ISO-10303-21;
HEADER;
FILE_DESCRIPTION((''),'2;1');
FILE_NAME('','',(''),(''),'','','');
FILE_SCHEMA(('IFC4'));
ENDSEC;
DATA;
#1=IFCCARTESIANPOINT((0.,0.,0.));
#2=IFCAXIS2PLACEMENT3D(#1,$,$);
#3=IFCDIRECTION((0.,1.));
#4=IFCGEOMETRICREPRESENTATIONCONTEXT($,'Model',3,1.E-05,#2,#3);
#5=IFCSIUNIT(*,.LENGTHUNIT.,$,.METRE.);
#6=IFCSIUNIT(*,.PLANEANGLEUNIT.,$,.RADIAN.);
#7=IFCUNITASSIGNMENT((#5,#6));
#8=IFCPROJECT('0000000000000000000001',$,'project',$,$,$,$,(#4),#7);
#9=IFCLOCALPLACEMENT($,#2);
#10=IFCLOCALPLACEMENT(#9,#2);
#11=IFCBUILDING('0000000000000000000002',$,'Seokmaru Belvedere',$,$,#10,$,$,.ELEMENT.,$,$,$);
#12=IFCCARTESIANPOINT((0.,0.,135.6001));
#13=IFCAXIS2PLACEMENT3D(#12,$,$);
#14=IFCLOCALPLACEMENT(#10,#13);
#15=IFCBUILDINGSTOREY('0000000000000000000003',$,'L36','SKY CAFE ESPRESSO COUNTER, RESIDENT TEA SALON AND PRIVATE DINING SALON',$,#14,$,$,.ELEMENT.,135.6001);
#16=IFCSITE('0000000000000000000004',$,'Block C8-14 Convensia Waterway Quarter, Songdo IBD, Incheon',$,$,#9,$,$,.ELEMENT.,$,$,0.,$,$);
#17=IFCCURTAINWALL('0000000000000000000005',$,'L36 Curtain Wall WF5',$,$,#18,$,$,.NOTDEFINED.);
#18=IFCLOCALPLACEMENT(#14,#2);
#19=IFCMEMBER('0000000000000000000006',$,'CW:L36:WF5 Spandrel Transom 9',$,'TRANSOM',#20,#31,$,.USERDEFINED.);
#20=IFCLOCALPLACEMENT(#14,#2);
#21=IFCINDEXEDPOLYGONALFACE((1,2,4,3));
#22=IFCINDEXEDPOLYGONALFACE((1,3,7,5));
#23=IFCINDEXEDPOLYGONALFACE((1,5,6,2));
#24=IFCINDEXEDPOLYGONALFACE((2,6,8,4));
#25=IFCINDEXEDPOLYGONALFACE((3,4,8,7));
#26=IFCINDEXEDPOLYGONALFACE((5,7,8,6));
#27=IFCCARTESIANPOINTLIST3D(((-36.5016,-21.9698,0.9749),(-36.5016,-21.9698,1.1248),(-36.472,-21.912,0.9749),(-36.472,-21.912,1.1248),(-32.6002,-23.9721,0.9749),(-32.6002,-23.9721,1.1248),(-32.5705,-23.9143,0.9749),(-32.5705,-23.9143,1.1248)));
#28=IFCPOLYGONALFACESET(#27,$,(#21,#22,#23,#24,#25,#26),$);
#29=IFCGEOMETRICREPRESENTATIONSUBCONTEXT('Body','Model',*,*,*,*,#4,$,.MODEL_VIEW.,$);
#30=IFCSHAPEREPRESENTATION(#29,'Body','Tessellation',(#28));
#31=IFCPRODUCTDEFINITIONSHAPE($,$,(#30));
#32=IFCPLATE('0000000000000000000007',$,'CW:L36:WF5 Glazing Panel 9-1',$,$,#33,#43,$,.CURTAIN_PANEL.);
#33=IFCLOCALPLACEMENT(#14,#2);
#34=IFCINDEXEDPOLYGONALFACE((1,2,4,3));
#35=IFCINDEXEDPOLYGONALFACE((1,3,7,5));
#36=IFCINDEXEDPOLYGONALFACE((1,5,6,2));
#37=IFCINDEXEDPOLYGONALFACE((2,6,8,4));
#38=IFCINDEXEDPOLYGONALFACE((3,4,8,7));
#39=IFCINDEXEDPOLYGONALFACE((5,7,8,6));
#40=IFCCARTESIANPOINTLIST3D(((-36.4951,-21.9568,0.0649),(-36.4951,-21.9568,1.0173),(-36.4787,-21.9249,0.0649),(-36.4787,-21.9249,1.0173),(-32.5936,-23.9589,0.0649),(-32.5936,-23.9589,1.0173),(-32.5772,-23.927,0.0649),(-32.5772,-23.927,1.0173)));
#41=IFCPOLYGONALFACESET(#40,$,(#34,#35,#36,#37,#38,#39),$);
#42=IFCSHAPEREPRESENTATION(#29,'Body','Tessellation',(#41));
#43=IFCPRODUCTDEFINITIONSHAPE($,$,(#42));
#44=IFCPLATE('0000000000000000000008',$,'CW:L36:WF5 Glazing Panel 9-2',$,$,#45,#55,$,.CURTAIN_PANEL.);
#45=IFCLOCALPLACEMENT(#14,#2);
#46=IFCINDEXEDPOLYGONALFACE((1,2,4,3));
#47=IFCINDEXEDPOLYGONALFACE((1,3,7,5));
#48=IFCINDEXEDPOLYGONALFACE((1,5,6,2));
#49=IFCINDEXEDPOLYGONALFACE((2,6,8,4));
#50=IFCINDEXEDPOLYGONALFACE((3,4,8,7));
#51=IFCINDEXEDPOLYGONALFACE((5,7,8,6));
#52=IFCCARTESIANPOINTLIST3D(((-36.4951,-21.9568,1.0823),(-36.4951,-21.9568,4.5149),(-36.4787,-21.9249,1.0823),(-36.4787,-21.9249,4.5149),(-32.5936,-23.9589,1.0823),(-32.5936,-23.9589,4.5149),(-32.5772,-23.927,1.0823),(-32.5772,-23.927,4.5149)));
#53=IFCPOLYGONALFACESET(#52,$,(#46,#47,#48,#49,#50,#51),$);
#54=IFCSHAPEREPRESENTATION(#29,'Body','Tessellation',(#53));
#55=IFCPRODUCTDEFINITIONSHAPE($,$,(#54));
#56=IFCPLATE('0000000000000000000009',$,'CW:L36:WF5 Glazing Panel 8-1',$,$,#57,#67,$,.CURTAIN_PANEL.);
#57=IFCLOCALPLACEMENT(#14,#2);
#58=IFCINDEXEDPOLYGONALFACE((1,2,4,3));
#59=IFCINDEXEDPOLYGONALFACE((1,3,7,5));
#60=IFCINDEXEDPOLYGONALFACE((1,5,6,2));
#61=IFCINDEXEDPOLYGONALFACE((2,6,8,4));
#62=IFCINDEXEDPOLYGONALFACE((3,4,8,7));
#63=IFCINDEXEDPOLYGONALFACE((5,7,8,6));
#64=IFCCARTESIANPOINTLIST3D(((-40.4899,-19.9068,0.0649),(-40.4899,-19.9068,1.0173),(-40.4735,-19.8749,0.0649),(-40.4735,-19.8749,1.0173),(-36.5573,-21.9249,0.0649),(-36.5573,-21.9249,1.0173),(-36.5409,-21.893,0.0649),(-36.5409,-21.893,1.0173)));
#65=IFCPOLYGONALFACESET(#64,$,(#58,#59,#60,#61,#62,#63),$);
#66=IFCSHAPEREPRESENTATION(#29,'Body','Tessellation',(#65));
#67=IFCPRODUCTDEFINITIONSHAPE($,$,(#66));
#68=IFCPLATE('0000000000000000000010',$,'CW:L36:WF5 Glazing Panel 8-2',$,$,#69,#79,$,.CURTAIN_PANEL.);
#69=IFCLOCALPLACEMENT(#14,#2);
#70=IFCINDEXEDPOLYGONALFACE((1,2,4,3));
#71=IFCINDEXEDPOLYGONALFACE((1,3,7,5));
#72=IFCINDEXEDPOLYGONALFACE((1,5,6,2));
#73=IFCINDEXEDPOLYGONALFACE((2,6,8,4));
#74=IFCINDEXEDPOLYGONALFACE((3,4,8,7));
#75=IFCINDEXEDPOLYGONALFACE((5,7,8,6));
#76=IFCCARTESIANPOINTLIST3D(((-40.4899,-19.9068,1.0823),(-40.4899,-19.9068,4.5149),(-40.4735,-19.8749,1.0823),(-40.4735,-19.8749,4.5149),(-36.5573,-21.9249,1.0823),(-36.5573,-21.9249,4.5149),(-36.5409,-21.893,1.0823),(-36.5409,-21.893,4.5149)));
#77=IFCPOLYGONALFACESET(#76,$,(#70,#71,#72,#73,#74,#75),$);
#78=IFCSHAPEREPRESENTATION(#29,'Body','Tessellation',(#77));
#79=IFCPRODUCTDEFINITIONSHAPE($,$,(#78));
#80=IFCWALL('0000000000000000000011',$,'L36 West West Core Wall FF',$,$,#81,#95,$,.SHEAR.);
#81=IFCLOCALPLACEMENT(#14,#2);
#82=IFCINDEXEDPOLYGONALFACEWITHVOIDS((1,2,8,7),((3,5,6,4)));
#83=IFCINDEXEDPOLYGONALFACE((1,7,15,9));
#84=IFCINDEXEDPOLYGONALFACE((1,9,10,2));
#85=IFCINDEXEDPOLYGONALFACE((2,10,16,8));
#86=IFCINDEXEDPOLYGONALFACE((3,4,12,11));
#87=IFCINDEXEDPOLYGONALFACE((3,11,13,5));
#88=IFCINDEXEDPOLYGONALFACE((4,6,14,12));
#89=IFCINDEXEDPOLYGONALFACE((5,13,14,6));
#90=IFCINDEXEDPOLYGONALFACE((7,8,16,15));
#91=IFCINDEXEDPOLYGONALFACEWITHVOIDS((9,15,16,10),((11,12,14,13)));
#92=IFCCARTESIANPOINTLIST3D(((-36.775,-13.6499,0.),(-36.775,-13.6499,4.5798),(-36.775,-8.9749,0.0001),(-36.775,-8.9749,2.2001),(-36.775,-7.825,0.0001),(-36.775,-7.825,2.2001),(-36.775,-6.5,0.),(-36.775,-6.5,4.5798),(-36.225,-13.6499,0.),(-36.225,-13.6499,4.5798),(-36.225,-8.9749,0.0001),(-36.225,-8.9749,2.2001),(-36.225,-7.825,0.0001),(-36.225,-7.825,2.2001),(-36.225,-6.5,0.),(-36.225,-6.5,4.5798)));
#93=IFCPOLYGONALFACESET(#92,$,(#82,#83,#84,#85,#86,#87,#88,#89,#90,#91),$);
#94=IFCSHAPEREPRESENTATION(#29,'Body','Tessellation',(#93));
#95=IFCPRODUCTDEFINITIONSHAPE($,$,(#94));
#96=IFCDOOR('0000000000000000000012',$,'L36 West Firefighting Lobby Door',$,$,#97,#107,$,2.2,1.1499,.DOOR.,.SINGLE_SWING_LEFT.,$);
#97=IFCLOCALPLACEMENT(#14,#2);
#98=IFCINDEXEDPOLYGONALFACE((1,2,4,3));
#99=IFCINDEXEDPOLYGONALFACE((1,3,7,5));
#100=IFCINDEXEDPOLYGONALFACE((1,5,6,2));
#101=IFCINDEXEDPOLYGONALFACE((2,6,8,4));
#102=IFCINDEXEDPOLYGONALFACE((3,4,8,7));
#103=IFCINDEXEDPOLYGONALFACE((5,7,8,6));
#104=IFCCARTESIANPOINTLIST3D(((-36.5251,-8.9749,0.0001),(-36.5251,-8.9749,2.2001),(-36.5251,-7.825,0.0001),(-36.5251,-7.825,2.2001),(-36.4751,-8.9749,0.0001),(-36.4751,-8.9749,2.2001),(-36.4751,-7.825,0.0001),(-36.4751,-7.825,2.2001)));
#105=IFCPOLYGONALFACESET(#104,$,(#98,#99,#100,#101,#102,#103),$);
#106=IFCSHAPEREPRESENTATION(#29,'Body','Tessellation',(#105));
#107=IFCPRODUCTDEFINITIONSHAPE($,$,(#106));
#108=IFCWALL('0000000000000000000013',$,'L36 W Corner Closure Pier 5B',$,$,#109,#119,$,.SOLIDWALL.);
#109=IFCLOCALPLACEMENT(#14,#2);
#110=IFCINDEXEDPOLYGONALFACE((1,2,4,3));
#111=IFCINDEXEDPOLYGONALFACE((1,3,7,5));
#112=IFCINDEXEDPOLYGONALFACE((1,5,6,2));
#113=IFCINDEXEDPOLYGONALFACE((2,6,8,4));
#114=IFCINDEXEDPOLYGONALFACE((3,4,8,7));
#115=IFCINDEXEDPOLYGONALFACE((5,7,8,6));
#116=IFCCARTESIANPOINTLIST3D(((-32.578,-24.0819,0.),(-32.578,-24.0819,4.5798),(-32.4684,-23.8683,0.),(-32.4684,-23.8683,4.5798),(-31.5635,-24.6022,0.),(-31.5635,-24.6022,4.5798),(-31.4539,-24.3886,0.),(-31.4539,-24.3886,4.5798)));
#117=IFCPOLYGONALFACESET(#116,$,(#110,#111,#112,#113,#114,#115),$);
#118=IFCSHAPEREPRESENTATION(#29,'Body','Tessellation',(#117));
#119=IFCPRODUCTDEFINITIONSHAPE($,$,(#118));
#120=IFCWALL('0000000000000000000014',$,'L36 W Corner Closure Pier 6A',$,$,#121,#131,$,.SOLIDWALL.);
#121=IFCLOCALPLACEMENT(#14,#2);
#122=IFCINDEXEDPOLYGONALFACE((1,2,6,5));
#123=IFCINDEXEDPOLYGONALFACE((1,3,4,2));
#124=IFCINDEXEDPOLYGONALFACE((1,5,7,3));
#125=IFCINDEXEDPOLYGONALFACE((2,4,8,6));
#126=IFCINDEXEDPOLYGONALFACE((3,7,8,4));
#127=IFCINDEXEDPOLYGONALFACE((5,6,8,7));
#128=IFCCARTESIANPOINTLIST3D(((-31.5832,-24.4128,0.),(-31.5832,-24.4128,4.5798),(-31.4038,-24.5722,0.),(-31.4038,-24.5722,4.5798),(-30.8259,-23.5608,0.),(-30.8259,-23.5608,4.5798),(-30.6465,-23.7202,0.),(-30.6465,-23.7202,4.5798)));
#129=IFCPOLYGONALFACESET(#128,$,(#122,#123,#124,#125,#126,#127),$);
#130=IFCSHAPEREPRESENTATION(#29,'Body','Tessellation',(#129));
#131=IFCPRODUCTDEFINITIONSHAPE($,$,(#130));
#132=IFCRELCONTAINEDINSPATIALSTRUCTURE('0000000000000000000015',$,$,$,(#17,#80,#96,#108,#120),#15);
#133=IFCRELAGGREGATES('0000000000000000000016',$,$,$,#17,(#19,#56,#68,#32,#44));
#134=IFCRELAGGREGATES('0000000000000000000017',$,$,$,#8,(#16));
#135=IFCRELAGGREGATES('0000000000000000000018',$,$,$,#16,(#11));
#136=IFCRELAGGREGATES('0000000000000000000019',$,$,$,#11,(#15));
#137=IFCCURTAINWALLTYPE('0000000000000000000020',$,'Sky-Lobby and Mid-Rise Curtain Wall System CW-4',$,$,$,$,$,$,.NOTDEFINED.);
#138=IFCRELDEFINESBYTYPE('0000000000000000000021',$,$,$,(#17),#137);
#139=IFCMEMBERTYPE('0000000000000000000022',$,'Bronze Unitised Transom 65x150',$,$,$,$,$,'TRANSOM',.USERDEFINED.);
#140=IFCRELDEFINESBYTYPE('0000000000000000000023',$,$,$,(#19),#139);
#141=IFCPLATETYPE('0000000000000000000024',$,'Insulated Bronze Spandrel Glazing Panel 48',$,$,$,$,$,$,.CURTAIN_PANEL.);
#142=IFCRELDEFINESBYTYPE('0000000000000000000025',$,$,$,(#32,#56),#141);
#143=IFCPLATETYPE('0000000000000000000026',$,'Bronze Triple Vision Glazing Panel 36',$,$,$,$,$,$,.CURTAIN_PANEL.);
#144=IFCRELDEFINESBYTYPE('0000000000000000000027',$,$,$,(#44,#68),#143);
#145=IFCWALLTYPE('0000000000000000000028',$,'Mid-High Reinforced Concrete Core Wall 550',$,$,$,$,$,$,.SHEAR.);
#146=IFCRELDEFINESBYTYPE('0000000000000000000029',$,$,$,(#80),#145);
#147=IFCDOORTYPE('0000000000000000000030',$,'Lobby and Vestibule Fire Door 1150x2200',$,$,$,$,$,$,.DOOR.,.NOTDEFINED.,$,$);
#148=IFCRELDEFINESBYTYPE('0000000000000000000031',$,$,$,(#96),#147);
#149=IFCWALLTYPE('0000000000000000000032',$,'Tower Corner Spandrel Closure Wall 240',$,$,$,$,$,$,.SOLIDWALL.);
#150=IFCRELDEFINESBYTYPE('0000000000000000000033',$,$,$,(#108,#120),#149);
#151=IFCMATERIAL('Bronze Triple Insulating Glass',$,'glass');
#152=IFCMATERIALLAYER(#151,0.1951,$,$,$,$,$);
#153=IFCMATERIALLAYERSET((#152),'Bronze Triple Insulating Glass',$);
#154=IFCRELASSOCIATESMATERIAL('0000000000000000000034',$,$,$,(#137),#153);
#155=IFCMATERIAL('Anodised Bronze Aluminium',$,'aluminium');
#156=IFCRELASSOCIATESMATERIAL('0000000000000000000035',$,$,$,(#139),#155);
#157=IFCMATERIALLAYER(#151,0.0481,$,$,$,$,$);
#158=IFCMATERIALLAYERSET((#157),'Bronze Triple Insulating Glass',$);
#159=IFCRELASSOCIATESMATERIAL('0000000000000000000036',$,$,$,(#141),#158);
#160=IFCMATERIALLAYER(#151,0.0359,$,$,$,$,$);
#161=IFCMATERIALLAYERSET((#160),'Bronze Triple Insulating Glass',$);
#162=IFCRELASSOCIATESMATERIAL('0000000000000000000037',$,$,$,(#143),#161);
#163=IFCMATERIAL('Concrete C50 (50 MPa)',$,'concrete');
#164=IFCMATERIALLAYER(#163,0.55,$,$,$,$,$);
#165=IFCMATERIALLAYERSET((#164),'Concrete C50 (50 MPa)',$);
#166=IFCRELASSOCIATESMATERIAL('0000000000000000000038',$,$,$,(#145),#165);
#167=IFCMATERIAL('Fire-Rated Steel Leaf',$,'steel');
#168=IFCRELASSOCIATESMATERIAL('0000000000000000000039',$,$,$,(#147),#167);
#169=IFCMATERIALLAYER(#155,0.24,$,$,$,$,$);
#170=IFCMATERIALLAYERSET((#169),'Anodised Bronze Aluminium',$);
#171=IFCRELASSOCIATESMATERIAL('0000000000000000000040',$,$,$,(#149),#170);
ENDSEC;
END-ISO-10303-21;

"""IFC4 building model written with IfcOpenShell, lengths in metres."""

from ifc_helpers import new_model, si_unit, direction, frame, frame_2d, origin, origin_2d, place, context, subcontext, project, spatial, rectangle, extrude, source, transform, mapped, material, layer, layer_set, material_profile, profile_set, type_object, type_shapes, element, fill, aggregate, save


model = new_model("IFC4")

# Units and contexts
model_context = context("Model", 3, precision=1e-05, world=origin(), true_north=direction((0.0, 1.0)))
body_context = subcontext(model_context, "Body", "Model", "MODEL_VIEW")
ifc_project = project(units=[si_unit("LENGTHUNIT", "METRE"), si_unit("PLANEANGLEUNIT", "RADIAN")], contexts=[model_context])

# Site, building, storey
site_placement = place(None, origin())
site = spatial("IfcSite", under=ifc_project, at=site_placement, Name="Block C8-14 Convensia Waterway Quarter, Songdo IBD, Incheon", CompositionType="ELEMENT", RefElevation=0.0)
building_placement = place(site_placement, origin())
building = spatial("IfcBuilding", under=site, at=building_placement, Name="Seokmaru Belvedere", CompositionType="ELEMENT")
storey_placement = place(building_placement, frame((0.0, 0.0, 135.6001)))
storey = spatial("IfcBuildingStorey", under=building, at=storey_placement, Name="L36", Description="SKY CAFE ESPRESSO COUNTER, RESIDENT TEA SALON AND PRIVATE DINING SALON", CompositionType="ELEMENT", Elevation=135.6001)

# Curtain wall
ifc_material_1 = material(Name="Bronze Triple Insulating Glass", Category="glass")
ifc_layer_1 = layer(ifc_material_1, 0.1951)
ifc_layer_set_1 = layer_set([ifc_layer_1], Name="Bronze Triple Insulating Glass")
curtain_wall_type = type_object("IfcCurtainWallType", Name="Sky-Lobby and Mid-Rise Curtain Wall System CW-4", PredefinedType="NOTDEFINED", material=ifc_layer_set_1)
curtain_wall_1_placement = place(storey_placement, origin())
curtain_wall_1 = element("IfcCurtainWall", 1, at=curtain_wall_1_placement, inside=storey, type_object=curtain_wall_type, Name="L36 Curtain Wall WF5", PredefinedType="NOTDEFINED")
ifc_material_2 = material(Name="Anodised Bronze Aluminium", Category="aluminium")

# Member
ifc_material_profile_1 = material_profile(ifc_material_2, rectangle(XDim=0.0649, YDim=0.1499, at=origin_2d()), Name="CW-T-65x150")
ifc_profile_set_1 = profile_set([ifc_material_profile_1], Name="Anodised Bronze Aluminium")
member_type_1 = type_object("IfcMemberType", Name="Bronze Unitised Transom 65x150", ElementType="TRANSOM", PredefinedType="USERDEFINED", material=ifc_profile_set_1)
shared_shape_1 = source(origin(), body_context, "Body", "SweptSolid", [
    extrude(rectangle(XDim=0.0649, YDim=0.1499, at=origin_2d()), origin(), (0.0, 0.0, 1.0), 4.3853),
])
type_shapes(member_type_1, [shared_shape_1])
member_1_placement = place(storey_placement, frame((-36.4868, -21.9409, 1.0498), z_axis=(0.889679, -0.456587, 0.0), x_axis=(0.456587, 0.889679, 0.0)))
member_1 = element("IfcMember", 2, at=member_1_placement, type_object=member_type_1, Name="CW:L36:WF5 Spandrel Transom 9", ObjectType="TRANSOM", PredefinedType="USERDEFINED", context=body_context, shape_type="MappedRepresentation", body=[
    mapped(shared_shape_1, transform((0.0, 0.0, 0.0), scale=1.0)),
])

# Plates
ifc_layer_2 = layer(ifc_material_1, 0.0481)
ifc_layer_set_2 = layer_set([ifc_layer_2], Name="Bronze Triple Insulating Glass")
plate_type_1 = type_object("IfcPlateType", Name="Insulated Bronze Spandrel Glazing Panel 48", PredefinedType="CURTAIN_PANEL", material=ifc_layer_set_2)
shared_shape_2 = source(origin(), body_context, "Body", "SweptSolid", [
    extrude(rectangle(XDim=4.3853, YDim=0.0359, at=origin_2d()), origin(), (0.0, 0.0, 1.0), 0.9524),
])
plate_1_placement = place(storey_placement, frame((-34.5361, -22.9419, 0.0649), z_axis=(0.0, 0.0, 1.0), x_axis=(0.889695, -0.456555, 0.0)))
plate_1 = element("IfcPlate", 3, at=plate_1_placement, type_object=plate_type_1, Name="CW:L36:WF5 Glazing Panel 9-1", PredefinedType="CURTAIN_PANEL", context=body_context, shape_type="MappedRepresentation", body=[
    mapped(shared_shape_2, transform((0.0, 0.0, 0.0), scale=1.0)),
])
ifc_layer_3 = layer(ifc_material_1, 0.0359)
ifc_layer_set_3 = layer_set([ifc_layer_3], Name="Bronze Triple Insulating Glass")
plate_type_2 = type_object("IfcPlateType", Name="Bronze Triple Vision Glazing Panel 36", PredefinedType="CURTAIN_PANEL", material=ifc_layer_set_3)
shared_shape_3 = source(origin(), body_context, "Body", "SweptSolid", [
    extrude(rectangle(XDim=4.3853, YDim=0.0359, at=origin_2d()), origin(), (0.0, 0.0, 1.0), 3.4326),
])
plate_2_placement = place(storey_placement, frame((-34.5361, -22.9419, 1.0823), z_axis=(0.0, 0.0, 1.0), x_axis=(0.889695, -0.456555, 0.0)))
plate_2 = element("IfcPlate", 4, at=plate_2_placement, type_object=plate_type_2, Name="CW:L36:WF5 Glazing Panel 9-2", PredefinedType="CURTAIN_PANEL", context=body_context, shape_type="MappedRepresentation", body=[
    mapped(shared_shape_3, transform((0.0, 0.0, 0.0), scale=1.0)),
])
shared_shape_4 = source(origin(), body_context, "Body", "SweptSolid", [
    extrude(rectangle(XDim=4.4202, YDim=0.0359, at=origin_2d()), origin(), (0.0, 0.0, 1.0), 0.9524),
])
type_shapes(plate_type_1, [shared_shape_2, shared_shape_4])
plate_3_placement = place(storey_placement, frame((-38.5154, -20.8999, 0.0649), z_axis=(0.0, 0.0, 1.0), x_axis=(0.889695, -0.456555, 0.0)))
plate_3 = element("IfcPlate", 5, at=plate_3_placement, type_object=plate_type_1, Name="CW:L36:WF5 Glazing Panel 8-1", PredefinedType="CURTAIN_PANEL", context=body_context, shape_type="MappedRepresentation", body=[
    mapped(shared_shape_4, transform((0.0, 0.0, 0.0), scale=1.0)),
])
shared_shape_5 = source(origin(), body_context, "Body", "SweptSolid", [
    extrude(rectangle(XDim=4.4202, YDim=0.0359, at=origin_2d()), origin(), (0.0, 0.0, 1.0), 3.4326),
])
type_shapes(plate_type_2, [shared_shape_3, shared_shape_5])
plate_4_placement = place(storey_placement, frame((-38.5154, -20.8999, 1.0823), z_axis=(0.0, 0.0, 1.0), x_axis=(0.889695, -0.456555, 0.0)))
plate_4 = element("IfcPlate", 6, at=plate_4_placement, type_object=plate_type_2, Name="CW:L36:WF5 Glazing Panel 8-2", PredefinedType="CURTAIN_PANEL", context=body_context, shape_type="MappedRepresentation", body=[
    mapped(shared_shape_5, transform((0.0, 0.0, 0.0), scale=1.0)),
])
aggregate(curtain_wall_1, [member_1, plate_3, plate_4, plate_1, plate_2])

# Wall, opening, door
ifc_material_3 = material(Name="Concrete C50 (50 MPa)", Category="concrete")
ifc_layer_4 = layer(ifc_material_3, 0.55)
ifc_layer_set_4 = layer_set([ifc_layer_4], Name="Concrete C50 (50 MPa)")
wall_type_1 = type_object("IfcWallType", Name="Mid-High Reinforced Concrete Core Wall 550", PredefinedType="SHEAR", material=ifc_layer_set_4)
wall_1_placement = place(storey_placement, frame((-36.5, -13.6499, 0.0), z_axis=(0.0, 0.0, 1.0), x_axis=(0.0, 1.0, 0.0)))
wall_1 = element("IfcWall", 7, at=wall_1_placement, inside=storey, type_object=wall_type_1, Name="L36 West West Core Wall FF", PredefinedType="SHEAR", context=body_context, shape_type="SweptSolid", body=[
    extrude(rectangle(XDim=7.1499, YDim=0.55, at=frame_2d((3.575, 0.0))), origin(), (0.0, 0.0, 1.0), 4.5798),
])
opening_placement = place(wall_1_placement, frame((4.675, 0.0, 0.0)))
opening = element("IfcOpeningElement", 8, at=opening_placement, cuts=wall_1, PredefinedType="OPENING", context=body_context, shape_type="SweptSolid", body=[
    extrude(rectangle(XDim=1.1499, YDim=2.2, at=frame_2d((0.575, 1.1001))), frame((0.0, 0.2852, 0.0), z_axis=(0.0, -1.0, 0.0), x_axis=(1.0, 0.0, 0.0)), (0.0, 0.0, 1.0), 0.5701),
])
ifc_material_4 = material(Name="Fire-Rated Steel Leaf", Category="steel")
door_type = type_object("IfcDoorType", Name="Lobby and Vestibule Fire Door 1150x2200", OperationType="NOTDEFINED", PredefinedType="DOOR", material=ifc_material_4)
shared_shape_6 = source(origin(), body_context, "Body", "SweptSolid", [
    extrude(rectangle(XDim=1.1499, YDim=2.2, at=frame_2d((0.575, 1.1001))), frame((0.0, 0.0249, 0.0), z_axis=(0.0, -1.0, 0.0), x_axis=(1.0, 0.0, 0.0)), (0.0, 0.0, 1.0), 0.05),
])
type_shapes(door_type, [shared_shape_6])
door_placement = place(opening_placement, frame((1.1499, 0.0, 0.0), z_axis=(0.0, 0.0, 1.0), x_axis=(-1.0, 0.0, 0.0)))
door = element("IfcDoor", 9, at=door_placement, inside=storey, type_object=door_type, Name="L36 West Firefighting Lobby Door", OperationType="SINGLE_SWING_LEFT", OverallHeight=2.2, OverallWidth=1.1499, PredefinedType="DOOR", context=body_context, shape_type="MappedRepresentation", body=[
    mapped(shared_shape_6, transform((0.0, 0.0, 0.0), scale=1.0)),
])
fill(opening, door)

# Walls
ifc_layer_5 = layer(ifc_material_2, 0.24)
ifc_layer_set_5 = layer_set([ifc_layer_5], Name="Anodised Bronze Aluminium")
wall_type_2 = type_object("IfcWallType", Name="Tower Corner Spandrel Closure Wall 240", PredefinedType="SOLIDWALL", material=ifc_layer_set_5)
wall_2_placement = place(storey_placement, frame((-32.5232, -23.9751, 0.0), z_axis=(0.0, 0.0, 1.0), x_axis=(0.889797, -0.456356, 0.0)))
element("IfcWall", 10, at=wall_2_placement, inside=storey, type_object=wall_type_2, Name="L36 W Corner Closure Pier 5B", PredefinedType="SOLIDWALL", context=body_context, shape_type="SweptSolid", body=[
    extrude(rectangle(XDim=1.1401, YDim=0.24, at=frame_2d((0.5701, 0.0))), origin(), (0.0, 0.0, 1.0), 4.5798),
])
wall_3_placement = place(storey_placement, frame((-31.4934, -24.4924, 0.0), z_axis=(0.0, 0.0, 1.0), x_axis=(0.664337, 0.747433, 0.0)))
element("IfcWall", 11, at=wall_3_placement, inside=storey, type_object=wall_type_2, Name="L36 W Corner Closure Pier 6A", PredefinedType="SOLIDWALL", context=body_context, shape_type="SweptSolid", body=[
    extrude(rectangle(XDim=1.1399, YDim=0.24, at=frame_2d((0.5698, 0.0))), origin(), (0.0, 0.0, 1.0), 4.5798),
])

save(model, "model.ifc")
